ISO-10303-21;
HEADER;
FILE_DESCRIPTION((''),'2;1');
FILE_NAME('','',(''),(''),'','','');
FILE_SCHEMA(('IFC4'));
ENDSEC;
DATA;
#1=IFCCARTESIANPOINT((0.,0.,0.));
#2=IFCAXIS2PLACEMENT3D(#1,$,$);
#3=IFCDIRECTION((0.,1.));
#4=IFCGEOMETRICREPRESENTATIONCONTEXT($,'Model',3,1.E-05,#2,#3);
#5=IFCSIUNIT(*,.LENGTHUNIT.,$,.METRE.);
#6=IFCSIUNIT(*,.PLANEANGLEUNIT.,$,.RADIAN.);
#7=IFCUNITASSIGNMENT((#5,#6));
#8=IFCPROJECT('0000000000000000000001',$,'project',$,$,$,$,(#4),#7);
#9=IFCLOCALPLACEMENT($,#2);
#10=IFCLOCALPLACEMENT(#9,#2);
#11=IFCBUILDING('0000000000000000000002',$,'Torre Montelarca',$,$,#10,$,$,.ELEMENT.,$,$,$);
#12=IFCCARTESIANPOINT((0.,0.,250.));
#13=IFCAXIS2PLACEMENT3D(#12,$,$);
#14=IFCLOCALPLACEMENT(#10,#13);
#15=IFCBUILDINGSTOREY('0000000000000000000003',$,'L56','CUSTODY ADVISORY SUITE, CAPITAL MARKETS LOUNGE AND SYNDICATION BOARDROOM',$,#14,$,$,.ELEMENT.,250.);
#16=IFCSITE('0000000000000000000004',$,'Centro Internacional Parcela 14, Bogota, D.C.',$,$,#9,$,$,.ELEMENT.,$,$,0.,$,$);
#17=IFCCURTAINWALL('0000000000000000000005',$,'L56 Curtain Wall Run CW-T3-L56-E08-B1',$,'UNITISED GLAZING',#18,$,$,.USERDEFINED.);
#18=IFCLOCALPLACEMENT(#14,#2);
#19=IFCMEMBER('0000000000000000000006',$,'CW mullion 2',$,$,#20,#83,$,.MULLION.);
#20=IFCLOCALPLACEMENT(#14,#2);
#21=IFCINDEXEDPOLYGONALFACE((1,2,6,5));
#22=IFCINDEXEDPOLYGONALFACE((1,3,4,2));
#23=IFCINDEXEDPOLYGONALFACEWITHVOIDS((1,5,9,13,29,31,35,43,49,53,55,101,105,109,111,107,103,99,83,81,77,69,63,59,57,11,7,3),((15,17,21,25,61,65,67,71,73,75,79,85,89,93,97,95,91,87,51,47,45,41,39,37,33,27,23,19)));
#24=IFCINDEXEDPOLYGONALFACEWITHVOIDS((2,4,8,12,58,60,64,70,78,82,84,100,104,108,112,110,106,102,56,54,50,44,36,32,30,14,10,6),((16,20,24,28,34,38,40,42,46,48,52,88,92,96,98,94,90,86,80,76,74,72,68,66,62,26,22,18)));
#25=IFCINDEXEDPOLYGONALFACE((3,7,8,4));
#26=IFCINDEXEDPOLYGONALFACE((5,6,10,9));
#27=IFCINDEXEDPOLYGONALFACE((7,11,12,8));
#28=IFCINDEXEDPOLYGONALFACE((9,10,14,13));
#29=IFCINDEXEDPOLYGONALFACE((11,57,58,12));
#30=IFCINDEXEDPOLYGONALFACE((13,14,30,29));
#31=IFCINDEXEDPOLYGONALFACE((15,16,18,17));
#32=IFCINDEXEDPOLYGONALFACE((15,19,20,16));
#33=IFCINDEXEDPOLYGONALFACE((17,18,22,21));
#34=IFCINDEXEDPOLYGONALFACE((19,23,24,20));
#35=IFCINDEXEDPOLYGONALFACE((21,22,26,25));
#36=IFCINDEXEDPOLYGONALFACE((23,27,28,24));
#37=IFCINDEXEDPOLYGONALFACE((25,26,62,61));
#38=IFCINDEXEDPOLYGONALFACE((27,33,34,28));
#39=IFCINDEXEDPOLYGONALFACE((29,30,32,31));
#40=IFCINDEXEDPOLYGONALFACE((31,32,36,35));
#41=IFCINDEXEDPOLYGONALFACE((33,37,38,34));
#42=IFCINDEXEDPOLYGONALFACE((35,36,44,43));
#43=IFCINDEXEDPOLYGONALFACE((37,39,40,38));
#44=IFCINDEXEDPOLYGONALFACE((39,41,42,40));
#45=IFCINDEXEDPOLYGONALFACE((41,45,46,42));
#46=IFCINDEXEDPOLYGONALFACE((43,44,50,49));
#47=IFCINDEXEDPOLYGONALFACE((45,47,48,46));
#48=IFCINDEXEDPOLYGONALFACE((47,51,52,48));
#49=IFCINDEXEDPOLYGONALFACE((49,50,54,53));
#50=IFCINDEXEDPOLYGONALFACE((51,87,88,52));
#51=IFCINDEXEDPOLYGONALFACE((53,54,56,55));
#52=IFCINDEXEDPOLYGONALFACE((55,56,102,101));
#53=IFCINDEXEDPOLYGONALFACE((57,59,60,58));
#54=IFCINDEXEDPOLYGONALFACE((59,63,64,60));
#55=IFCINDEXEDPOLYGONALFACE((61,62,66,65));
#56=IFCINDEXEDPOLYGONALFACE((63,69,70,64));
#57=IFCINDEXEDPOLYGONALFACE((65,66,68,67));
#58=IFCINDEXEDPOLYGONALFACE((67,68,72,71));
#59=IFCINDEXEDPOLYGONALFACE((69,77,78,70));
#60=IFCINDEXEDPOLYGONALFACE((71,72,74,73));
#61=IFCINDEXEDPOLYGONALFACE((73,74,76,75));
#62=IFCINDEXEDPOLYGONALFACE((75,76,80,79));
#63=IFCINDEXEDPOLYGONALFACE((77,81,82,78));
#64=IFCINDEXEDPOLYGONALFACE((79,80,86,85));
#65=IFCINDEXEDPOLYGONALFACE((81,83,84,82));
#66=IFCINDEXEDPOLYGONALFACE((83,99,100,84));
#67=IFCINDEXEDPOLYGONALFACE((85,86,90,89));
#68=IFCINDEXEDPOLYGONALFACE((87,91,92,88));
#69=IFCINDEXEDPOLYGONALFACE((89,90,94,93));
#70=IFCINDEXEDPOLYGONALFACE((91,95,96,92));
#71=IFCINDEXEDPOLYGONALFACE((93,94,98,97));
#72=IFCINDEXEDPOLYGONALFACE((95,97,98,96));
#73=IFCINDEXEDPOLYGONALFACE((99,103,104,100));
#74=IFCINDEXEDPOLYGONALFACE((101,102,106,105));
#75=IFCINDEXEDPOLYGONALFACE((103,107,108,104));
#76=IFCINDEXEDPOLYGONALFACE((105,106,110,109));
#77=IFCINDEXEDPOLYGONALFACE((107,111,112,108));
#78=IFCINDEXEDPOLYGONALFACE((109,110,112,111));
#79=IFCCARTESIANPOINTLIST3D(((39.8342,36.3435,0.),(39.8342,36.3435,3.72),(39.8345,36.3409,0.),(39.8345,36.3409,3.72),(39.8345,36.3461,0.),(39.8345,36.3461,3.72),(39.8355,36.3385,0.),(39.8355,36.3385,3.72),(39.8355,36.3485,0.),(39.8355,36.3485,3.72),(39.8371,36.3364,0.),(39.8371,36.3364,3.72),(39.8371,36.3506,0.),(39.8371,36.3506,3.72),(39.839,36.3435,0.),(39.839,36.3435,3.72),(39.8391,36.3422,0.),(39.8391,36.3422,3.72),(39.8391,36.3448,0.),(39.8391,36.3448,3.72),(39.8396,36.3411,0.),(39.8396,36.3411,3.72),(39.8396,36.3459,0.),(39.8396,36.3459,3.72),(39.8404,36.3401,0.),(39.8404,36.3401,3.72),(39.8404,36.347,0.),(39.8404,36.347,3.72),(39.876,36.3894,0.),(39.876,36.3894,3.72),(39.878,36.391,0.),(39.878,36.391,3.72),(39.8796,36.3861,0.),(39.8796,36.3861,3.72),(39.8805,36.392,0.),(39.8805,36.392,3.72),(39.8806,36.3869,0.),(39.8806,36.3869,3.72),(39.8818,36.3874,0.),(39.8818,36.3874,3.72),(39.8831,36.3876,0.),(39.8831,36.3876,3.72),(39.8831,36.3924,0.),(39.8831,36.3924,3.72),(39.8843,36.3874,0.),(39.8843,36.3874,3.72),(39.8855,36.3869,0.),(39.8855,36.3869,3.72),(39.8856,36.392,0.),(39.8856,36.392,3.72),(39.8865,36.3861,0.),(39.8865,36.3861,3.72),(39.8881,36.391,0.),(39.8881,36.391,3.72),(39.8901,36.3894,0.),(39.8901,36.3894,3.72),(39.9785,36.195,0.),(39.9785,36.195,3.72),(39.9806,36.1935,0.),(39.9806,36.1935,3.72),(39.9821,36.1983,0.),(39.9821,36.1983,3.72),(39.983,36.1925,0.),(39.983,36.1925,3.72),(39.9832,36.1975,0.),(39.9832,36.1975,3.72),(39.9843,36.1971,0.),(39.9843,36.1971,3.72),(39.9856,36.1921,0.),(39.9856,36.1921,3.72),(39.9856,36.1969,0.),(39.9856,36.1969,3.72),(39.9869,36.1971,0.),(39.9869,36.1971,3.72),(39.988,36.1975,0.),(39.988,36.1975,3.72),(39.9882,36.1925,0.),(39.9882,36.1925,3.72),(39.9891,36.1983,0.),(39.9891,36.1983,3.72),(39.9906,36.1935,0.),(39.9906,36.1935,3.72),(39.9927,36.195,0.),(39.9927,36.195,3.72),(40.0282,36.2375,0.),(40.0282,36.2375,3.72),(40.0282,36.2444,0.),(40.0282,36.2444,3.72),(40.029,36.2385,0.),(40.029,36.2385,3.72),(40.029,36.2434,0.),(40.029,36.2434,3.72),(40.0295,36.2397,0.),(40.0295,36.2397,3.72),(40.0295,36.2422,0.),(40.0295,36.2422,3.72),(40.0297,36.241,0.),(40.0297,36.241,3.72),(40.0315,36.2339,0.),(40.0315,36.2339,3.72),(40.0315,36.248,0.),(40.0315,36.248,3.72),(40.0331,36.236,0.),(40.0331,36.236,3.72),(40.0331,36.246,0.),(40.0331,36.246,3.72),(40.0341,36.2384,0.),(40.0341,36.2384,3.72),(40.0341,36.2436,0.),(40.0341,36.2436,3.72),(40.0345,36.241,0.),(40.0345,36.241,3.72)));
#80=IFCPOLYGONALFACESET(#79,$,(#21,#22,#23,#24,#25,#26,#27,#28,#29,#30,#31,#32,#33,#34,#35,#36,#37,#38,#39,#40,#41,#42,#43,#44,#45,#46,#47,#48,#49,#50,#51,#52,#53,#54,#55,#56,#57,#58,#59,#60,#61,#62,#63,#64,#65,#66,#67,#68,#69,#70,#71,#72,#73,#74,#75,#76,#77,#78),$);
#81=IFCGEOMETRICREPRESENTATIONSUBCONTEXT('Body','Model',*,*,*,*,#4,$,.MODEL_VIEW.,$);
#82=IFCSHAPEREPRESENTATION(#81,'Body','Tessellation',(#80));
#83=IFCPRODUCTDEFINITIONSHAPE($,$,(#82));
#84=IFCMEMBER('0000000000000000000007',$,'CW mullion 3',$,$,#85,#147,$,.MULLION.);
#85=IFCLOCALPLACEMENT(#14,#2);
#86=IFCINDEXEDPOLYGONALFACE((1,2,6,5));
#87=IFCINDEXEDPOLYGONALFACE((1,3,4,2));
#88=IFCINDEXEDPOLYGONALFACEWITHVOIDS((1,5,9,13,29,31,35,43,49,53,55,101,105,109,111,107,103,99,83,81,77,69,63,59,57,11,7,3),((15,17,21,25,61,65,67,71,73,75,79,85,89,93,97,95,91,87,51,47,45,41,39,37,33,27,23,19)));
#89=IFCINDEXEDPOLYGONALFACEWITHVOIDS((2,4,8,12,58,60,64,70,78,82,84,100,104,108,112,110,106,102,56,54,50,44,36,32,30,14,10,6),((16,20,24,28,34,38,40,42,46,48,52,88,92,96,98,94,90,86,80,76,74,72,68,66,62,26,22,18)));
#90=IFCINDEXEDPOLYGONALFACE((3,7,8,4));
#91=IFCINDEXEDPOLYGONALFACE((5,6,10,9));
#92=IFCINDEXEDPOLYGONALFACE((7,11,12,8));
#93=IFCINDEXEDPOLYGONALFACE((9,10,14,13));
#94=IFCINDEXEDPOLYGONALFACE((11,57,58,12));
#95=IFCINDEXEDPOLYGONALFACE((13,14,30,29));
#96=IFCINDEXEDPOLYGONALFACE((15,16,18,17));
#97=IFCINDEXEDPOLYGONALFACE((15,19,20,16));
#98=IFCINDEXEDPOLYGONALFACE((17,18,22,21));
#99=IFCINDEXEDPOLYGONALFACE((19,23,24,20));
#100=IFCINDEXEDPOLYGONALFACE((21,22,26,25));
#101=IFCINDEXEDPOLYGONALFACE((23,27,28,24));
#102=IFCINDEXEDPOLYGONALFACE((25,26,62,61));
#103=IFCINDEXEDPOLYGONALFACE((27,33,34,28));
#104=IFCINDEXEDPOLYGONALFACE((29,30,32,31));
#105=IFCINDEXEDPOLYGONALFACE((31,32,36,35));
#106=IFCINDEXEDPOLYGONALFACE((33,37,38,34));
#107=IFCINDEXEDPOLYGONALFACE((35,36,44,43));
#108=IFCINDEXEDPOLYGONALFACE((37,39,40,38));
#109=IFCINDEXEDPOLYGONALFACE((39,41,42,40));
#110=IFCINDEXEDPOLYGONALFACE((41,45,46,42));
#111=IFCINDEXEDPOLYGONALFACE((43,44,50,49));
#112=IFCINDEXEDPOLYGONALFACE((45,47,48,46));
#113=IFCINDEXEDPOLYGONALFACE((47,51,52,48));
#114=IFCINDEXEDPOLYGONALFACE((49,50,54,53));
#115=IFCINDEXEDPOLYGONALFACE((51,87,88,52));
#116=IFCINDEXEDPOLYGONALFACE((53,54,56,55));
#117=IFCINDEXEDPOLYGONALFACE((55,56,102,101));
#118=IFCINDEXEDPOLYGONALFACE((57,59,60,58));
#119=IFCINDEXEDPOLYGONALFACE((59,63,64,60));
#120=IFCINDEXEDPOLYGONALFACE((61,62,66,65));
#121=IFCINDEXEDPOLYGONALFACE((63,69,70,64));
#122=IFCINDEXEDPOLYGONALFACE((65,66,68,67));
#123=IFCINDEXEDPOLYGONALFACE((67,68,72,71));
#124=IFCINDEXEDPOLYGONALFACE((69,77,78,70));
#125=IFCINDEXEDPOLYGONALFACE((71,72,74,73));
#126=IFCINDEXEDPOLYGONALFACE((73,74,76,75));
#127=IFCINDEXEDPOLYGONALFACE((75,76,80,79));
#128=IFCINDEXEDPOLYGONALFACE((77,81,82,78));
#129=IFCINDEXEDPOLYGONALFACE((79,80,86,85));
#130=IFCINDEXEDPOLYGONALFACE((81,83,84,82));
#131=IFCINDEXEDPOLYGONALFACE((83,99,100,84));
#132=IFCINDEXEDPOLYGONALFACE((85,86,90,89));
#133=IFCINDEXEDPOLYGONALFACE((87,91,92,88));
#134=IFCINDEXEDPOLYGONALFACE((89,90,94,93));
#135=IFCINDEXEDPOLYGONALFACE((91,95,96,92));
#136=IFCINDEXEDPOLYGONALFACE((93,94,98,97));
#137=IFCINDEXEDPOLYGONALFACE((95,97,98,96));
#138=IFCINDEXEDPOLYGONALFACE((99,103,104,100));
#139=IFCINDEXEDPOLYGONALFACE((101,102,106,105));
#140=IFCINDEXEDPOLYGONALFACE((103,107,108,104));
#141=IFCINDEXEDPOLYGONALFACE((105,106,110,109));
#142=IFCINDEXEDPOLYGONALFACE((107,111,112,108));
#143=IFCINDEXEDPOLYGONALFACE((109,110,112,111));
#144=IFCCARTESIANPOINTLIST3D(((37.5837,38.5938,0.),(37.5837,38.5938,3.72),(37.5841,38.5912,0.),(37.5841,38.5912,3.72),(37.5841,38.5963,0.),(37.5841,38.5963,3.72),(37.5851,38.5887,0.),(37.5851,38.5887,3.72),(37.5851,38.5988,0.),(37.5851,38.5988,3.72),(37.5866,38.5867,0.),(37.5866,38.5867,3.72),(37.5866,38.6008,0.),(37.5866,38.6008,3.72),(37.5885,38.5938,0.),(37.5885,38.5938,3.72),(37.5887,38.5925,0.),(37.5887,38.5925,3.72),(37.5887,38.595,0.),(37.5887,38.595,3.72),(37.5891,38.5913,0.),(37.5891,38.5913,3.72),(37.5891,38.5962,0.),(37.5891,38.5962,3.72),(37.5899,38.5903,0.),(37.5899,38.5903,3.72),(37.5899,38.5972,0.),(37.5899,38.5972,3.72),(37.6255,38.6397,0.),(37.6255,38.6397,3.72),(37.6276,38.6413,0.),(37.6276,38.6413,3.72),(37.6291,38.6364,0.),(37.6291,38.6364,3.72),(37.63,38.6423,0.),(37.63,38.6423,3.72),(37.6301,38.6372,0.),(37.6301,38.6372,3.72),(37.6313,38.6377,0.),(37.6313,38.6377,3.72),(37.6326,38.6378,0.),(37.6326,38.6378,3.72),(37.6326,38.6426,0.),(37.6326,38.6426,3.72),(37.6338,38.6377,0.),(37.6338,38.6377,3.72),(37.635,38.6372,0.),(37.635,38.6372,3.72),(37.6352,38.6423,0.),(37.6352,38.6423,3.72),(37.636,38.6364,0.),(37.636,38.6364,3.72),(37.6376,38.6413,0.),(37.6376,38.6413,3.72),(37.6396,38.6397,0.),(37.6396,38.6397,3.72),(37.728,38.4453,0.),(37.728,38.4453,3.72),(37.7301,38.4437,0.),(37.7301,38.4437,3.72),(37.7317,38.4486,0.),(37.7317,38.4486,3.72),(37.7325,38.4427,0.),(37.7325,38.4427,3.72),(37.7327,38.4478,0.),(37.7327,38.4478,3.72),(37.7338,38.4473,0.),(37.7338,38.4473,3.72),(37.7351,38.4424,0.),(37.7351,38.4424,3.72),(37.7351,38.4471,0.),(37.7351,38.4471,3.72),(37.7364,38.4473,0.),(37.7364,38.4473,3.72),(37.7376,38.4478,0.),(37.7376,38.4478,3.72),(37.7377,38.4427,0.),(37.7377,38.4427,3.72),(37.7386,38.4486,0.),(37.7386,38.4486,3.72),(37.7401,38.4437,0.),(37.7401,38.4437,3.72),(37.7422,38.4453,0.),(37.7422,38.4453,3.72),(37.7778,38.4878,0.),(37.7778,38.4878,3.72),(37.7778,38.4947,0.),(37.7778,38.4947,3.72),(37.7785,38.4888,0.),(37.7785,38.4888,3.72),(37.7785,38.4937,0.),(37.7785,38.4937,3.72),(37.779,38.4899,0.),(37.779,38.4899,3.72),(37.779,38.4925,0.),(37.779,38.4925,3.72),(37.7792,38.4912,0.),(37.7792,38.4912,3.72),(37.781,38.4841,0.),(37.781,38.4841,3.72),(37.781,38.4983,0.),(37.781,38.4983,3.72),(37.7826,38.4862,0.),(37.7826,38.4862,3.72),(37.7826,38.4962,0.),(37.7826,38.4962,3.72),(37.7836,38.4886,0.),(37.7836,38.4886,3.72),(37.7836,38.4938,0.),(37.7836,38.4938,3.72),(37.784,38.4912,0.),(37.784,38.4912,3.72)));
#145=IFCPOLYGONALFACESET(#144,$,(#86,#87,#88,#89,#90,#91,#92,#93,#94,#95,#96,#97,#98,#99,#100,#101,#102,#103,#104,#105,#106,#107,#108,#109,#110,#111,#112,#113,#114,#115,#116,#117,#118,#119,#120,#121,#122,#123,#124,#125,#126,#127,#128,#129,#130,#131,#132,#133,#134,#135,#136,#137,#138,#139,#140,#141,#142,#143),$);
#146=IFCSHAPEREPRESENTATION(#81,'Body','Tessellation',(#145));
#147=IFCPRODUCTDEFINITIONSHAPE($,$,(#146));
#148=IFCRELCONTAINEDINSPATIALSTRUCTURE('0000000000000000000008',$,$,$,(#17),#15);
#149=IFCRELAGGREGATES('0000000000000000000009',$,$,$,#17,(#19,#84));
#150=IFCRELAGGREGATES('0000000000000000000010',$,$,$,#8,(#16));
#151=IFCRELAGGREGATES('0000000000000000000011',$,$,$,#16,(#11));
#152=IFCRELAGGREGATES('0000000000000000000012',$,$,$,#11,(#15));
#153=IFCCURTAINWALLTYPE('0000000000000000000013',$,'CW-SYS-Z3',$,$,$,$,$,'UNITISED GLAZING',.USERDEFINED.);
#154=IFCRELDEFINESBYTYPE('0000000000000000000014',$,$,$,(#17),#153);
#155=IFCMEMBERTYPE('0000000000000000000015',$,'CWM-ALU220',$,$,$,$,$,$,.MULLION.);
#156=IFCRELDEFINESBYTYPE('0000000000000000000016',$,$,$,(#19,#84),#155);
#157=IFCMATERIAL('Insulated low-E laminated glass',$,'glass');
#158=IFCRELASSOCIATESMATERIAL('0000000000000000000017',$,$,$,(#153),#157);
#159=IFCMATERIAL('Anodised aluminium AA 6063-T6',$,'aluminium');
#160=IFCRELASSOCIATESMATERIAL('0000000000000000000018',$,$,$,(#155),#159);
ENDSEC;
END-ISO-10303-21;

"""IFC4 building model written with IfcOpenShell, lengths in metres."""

from ifc_helpers import new_model, si_unit, direction, frame, origin, origin_2d, place, context, subcontext, project, spatial, hollow_rectangle, extrude, source, transform, mapped, material, material_profile, profile_set, type_object, element, aggregate, save


model = new_model("IFC4")

# Units and contexts
model_context = context("Model", 3, precision=1e-05, world=origin(), true_north=direction((0.0, 1.0)))
body_context = subcontext(model_context, "Body", "Model", "MODEL_VIEW")
ifc_project = project(units=[si_unit("LENGTHUNIT", "METRE"), si_unit("PLANEANGLEUNIT", "RADIAN")], contexts=[model_context])

# Site, building, storey
site_placement = place(None, origin())
site = spatial("IfcSite", under=ifc_project, at=site_placement, Name="Centro Internacional Parcela 14, Bogota, D.C.", CompositionType="ELEMENT", RefElevation=0.0)
building_placement = place(site_placement, origin())
building = spatial("IfcBuilding", under=site, at=building_placement, Name="Torre Montelarca", CompositionType="ELEMENT")
storey_placement = place(building_placement, frame((0.0, 0.0, 250.0)))
storey = spatial("IfcBuildingStorey", under=building, at=storey_placement, Name="L56", Description="CUSTODY ADVISORY SUITE, CAPITAL MARKETS LOUNGE AND SYNDICATION BOARDROOM", CompositionType="ELEMENT", Elevation=250.0)

# Shared definitions
ifc_material_1 = material(Name="Insulated low-E laminated glass", Category="glass")
curtain_wall_type = type_object("IfcCurtainWallType", Name="CW-SYS-Z3", ElementType="UNITISED GLAZING", PredefinedType="USERDEFINED", material=ifc_material_1)
ifc_material_2 = material(Name="Anodised aluminium AA 6063-T6", Category="aluminium")
ifc_material_profile_1 = material_profile(ifc_material_2, hollow_rectangle(XDim=0.075, YDim=0.22, WallThickness=0.0049, InnerFilletRadius=0.0049, OuterFilletRadius=0.01, at=origin_2d()), Name="ALU75X220X5", Category="aluminium")
ifc_profile_set_1 = profile_set([ifc_material_profile_1], Name="Anodised aluminium AA 6063-T6")
member_type_1 = type_object("IfcMemberType", Name="CWM-ALU220", PredefinedType="MULLION", material=ifc_profile_set_1)
shared_shape_1 = source(origin(), body_context, "Body", "SweptSolid", [
    extrude(hollow_rectangle(XDim=0.075, YDim=0.22, WallThickness=0.0049, InnerFilletRadius=0.0049, OuterFilletRadius=0.01, at=origin_2d()), origin(), (0.0, 0.0, 1.0), 3.72),
])

# Curtain wall, members
curtain_wall_1_placement = place(storey_placement, origin())
curtain_wall_1 = element("IfcCurtainWall", 1, at=curtain_wall_1_placement, inside=storey, type_object=curtain_wall_type, Name="L56 Curtain Wall Run CW-T3-L56-E08-B1", ObjectType="UNITISED GLAZING", PredefinedType="USERDEFINED")
member_1_placement = place(storey_placement, frame((39.9343, 36.2922, 0.0), z_axis=(0.0, 0.0, 1.0), x_axis=(-0.707099, -0.707115, 0.0)))
member_1 = element("IfcMember", 2, at=member_1_placement, type_object=member_type_1, Name="CW mullion 2", PredefinedType="MULLION", context=body_context, shape_type="MappedRepresentation", body=[
    mapped(shared_shape_1, transform((0.0, 0.0, 0.0), scale=1.0)),
])
member_2_placement = place(storey_placement, frame((37.6838, 38.5425, 0.0), z_axis=(0.0, 0.0, 1.0), x_axis=(-0.707099, -0.707115, 0.0)))
member_2 = element("IfcMember", 3, at=member_2_placement, type_object=member_type_1, Name="CW mullion 3", PredefinedType="MULLION", context=body_context, shape_type="MappedRepresentation", body=[
    mapped(shared_shape_1, transform((0.0, 0.0, 0.0), scale=1.0)),
])

aggregate(curtain_wall_1, [member_1, member_2])

save(model, "model.ifc")
